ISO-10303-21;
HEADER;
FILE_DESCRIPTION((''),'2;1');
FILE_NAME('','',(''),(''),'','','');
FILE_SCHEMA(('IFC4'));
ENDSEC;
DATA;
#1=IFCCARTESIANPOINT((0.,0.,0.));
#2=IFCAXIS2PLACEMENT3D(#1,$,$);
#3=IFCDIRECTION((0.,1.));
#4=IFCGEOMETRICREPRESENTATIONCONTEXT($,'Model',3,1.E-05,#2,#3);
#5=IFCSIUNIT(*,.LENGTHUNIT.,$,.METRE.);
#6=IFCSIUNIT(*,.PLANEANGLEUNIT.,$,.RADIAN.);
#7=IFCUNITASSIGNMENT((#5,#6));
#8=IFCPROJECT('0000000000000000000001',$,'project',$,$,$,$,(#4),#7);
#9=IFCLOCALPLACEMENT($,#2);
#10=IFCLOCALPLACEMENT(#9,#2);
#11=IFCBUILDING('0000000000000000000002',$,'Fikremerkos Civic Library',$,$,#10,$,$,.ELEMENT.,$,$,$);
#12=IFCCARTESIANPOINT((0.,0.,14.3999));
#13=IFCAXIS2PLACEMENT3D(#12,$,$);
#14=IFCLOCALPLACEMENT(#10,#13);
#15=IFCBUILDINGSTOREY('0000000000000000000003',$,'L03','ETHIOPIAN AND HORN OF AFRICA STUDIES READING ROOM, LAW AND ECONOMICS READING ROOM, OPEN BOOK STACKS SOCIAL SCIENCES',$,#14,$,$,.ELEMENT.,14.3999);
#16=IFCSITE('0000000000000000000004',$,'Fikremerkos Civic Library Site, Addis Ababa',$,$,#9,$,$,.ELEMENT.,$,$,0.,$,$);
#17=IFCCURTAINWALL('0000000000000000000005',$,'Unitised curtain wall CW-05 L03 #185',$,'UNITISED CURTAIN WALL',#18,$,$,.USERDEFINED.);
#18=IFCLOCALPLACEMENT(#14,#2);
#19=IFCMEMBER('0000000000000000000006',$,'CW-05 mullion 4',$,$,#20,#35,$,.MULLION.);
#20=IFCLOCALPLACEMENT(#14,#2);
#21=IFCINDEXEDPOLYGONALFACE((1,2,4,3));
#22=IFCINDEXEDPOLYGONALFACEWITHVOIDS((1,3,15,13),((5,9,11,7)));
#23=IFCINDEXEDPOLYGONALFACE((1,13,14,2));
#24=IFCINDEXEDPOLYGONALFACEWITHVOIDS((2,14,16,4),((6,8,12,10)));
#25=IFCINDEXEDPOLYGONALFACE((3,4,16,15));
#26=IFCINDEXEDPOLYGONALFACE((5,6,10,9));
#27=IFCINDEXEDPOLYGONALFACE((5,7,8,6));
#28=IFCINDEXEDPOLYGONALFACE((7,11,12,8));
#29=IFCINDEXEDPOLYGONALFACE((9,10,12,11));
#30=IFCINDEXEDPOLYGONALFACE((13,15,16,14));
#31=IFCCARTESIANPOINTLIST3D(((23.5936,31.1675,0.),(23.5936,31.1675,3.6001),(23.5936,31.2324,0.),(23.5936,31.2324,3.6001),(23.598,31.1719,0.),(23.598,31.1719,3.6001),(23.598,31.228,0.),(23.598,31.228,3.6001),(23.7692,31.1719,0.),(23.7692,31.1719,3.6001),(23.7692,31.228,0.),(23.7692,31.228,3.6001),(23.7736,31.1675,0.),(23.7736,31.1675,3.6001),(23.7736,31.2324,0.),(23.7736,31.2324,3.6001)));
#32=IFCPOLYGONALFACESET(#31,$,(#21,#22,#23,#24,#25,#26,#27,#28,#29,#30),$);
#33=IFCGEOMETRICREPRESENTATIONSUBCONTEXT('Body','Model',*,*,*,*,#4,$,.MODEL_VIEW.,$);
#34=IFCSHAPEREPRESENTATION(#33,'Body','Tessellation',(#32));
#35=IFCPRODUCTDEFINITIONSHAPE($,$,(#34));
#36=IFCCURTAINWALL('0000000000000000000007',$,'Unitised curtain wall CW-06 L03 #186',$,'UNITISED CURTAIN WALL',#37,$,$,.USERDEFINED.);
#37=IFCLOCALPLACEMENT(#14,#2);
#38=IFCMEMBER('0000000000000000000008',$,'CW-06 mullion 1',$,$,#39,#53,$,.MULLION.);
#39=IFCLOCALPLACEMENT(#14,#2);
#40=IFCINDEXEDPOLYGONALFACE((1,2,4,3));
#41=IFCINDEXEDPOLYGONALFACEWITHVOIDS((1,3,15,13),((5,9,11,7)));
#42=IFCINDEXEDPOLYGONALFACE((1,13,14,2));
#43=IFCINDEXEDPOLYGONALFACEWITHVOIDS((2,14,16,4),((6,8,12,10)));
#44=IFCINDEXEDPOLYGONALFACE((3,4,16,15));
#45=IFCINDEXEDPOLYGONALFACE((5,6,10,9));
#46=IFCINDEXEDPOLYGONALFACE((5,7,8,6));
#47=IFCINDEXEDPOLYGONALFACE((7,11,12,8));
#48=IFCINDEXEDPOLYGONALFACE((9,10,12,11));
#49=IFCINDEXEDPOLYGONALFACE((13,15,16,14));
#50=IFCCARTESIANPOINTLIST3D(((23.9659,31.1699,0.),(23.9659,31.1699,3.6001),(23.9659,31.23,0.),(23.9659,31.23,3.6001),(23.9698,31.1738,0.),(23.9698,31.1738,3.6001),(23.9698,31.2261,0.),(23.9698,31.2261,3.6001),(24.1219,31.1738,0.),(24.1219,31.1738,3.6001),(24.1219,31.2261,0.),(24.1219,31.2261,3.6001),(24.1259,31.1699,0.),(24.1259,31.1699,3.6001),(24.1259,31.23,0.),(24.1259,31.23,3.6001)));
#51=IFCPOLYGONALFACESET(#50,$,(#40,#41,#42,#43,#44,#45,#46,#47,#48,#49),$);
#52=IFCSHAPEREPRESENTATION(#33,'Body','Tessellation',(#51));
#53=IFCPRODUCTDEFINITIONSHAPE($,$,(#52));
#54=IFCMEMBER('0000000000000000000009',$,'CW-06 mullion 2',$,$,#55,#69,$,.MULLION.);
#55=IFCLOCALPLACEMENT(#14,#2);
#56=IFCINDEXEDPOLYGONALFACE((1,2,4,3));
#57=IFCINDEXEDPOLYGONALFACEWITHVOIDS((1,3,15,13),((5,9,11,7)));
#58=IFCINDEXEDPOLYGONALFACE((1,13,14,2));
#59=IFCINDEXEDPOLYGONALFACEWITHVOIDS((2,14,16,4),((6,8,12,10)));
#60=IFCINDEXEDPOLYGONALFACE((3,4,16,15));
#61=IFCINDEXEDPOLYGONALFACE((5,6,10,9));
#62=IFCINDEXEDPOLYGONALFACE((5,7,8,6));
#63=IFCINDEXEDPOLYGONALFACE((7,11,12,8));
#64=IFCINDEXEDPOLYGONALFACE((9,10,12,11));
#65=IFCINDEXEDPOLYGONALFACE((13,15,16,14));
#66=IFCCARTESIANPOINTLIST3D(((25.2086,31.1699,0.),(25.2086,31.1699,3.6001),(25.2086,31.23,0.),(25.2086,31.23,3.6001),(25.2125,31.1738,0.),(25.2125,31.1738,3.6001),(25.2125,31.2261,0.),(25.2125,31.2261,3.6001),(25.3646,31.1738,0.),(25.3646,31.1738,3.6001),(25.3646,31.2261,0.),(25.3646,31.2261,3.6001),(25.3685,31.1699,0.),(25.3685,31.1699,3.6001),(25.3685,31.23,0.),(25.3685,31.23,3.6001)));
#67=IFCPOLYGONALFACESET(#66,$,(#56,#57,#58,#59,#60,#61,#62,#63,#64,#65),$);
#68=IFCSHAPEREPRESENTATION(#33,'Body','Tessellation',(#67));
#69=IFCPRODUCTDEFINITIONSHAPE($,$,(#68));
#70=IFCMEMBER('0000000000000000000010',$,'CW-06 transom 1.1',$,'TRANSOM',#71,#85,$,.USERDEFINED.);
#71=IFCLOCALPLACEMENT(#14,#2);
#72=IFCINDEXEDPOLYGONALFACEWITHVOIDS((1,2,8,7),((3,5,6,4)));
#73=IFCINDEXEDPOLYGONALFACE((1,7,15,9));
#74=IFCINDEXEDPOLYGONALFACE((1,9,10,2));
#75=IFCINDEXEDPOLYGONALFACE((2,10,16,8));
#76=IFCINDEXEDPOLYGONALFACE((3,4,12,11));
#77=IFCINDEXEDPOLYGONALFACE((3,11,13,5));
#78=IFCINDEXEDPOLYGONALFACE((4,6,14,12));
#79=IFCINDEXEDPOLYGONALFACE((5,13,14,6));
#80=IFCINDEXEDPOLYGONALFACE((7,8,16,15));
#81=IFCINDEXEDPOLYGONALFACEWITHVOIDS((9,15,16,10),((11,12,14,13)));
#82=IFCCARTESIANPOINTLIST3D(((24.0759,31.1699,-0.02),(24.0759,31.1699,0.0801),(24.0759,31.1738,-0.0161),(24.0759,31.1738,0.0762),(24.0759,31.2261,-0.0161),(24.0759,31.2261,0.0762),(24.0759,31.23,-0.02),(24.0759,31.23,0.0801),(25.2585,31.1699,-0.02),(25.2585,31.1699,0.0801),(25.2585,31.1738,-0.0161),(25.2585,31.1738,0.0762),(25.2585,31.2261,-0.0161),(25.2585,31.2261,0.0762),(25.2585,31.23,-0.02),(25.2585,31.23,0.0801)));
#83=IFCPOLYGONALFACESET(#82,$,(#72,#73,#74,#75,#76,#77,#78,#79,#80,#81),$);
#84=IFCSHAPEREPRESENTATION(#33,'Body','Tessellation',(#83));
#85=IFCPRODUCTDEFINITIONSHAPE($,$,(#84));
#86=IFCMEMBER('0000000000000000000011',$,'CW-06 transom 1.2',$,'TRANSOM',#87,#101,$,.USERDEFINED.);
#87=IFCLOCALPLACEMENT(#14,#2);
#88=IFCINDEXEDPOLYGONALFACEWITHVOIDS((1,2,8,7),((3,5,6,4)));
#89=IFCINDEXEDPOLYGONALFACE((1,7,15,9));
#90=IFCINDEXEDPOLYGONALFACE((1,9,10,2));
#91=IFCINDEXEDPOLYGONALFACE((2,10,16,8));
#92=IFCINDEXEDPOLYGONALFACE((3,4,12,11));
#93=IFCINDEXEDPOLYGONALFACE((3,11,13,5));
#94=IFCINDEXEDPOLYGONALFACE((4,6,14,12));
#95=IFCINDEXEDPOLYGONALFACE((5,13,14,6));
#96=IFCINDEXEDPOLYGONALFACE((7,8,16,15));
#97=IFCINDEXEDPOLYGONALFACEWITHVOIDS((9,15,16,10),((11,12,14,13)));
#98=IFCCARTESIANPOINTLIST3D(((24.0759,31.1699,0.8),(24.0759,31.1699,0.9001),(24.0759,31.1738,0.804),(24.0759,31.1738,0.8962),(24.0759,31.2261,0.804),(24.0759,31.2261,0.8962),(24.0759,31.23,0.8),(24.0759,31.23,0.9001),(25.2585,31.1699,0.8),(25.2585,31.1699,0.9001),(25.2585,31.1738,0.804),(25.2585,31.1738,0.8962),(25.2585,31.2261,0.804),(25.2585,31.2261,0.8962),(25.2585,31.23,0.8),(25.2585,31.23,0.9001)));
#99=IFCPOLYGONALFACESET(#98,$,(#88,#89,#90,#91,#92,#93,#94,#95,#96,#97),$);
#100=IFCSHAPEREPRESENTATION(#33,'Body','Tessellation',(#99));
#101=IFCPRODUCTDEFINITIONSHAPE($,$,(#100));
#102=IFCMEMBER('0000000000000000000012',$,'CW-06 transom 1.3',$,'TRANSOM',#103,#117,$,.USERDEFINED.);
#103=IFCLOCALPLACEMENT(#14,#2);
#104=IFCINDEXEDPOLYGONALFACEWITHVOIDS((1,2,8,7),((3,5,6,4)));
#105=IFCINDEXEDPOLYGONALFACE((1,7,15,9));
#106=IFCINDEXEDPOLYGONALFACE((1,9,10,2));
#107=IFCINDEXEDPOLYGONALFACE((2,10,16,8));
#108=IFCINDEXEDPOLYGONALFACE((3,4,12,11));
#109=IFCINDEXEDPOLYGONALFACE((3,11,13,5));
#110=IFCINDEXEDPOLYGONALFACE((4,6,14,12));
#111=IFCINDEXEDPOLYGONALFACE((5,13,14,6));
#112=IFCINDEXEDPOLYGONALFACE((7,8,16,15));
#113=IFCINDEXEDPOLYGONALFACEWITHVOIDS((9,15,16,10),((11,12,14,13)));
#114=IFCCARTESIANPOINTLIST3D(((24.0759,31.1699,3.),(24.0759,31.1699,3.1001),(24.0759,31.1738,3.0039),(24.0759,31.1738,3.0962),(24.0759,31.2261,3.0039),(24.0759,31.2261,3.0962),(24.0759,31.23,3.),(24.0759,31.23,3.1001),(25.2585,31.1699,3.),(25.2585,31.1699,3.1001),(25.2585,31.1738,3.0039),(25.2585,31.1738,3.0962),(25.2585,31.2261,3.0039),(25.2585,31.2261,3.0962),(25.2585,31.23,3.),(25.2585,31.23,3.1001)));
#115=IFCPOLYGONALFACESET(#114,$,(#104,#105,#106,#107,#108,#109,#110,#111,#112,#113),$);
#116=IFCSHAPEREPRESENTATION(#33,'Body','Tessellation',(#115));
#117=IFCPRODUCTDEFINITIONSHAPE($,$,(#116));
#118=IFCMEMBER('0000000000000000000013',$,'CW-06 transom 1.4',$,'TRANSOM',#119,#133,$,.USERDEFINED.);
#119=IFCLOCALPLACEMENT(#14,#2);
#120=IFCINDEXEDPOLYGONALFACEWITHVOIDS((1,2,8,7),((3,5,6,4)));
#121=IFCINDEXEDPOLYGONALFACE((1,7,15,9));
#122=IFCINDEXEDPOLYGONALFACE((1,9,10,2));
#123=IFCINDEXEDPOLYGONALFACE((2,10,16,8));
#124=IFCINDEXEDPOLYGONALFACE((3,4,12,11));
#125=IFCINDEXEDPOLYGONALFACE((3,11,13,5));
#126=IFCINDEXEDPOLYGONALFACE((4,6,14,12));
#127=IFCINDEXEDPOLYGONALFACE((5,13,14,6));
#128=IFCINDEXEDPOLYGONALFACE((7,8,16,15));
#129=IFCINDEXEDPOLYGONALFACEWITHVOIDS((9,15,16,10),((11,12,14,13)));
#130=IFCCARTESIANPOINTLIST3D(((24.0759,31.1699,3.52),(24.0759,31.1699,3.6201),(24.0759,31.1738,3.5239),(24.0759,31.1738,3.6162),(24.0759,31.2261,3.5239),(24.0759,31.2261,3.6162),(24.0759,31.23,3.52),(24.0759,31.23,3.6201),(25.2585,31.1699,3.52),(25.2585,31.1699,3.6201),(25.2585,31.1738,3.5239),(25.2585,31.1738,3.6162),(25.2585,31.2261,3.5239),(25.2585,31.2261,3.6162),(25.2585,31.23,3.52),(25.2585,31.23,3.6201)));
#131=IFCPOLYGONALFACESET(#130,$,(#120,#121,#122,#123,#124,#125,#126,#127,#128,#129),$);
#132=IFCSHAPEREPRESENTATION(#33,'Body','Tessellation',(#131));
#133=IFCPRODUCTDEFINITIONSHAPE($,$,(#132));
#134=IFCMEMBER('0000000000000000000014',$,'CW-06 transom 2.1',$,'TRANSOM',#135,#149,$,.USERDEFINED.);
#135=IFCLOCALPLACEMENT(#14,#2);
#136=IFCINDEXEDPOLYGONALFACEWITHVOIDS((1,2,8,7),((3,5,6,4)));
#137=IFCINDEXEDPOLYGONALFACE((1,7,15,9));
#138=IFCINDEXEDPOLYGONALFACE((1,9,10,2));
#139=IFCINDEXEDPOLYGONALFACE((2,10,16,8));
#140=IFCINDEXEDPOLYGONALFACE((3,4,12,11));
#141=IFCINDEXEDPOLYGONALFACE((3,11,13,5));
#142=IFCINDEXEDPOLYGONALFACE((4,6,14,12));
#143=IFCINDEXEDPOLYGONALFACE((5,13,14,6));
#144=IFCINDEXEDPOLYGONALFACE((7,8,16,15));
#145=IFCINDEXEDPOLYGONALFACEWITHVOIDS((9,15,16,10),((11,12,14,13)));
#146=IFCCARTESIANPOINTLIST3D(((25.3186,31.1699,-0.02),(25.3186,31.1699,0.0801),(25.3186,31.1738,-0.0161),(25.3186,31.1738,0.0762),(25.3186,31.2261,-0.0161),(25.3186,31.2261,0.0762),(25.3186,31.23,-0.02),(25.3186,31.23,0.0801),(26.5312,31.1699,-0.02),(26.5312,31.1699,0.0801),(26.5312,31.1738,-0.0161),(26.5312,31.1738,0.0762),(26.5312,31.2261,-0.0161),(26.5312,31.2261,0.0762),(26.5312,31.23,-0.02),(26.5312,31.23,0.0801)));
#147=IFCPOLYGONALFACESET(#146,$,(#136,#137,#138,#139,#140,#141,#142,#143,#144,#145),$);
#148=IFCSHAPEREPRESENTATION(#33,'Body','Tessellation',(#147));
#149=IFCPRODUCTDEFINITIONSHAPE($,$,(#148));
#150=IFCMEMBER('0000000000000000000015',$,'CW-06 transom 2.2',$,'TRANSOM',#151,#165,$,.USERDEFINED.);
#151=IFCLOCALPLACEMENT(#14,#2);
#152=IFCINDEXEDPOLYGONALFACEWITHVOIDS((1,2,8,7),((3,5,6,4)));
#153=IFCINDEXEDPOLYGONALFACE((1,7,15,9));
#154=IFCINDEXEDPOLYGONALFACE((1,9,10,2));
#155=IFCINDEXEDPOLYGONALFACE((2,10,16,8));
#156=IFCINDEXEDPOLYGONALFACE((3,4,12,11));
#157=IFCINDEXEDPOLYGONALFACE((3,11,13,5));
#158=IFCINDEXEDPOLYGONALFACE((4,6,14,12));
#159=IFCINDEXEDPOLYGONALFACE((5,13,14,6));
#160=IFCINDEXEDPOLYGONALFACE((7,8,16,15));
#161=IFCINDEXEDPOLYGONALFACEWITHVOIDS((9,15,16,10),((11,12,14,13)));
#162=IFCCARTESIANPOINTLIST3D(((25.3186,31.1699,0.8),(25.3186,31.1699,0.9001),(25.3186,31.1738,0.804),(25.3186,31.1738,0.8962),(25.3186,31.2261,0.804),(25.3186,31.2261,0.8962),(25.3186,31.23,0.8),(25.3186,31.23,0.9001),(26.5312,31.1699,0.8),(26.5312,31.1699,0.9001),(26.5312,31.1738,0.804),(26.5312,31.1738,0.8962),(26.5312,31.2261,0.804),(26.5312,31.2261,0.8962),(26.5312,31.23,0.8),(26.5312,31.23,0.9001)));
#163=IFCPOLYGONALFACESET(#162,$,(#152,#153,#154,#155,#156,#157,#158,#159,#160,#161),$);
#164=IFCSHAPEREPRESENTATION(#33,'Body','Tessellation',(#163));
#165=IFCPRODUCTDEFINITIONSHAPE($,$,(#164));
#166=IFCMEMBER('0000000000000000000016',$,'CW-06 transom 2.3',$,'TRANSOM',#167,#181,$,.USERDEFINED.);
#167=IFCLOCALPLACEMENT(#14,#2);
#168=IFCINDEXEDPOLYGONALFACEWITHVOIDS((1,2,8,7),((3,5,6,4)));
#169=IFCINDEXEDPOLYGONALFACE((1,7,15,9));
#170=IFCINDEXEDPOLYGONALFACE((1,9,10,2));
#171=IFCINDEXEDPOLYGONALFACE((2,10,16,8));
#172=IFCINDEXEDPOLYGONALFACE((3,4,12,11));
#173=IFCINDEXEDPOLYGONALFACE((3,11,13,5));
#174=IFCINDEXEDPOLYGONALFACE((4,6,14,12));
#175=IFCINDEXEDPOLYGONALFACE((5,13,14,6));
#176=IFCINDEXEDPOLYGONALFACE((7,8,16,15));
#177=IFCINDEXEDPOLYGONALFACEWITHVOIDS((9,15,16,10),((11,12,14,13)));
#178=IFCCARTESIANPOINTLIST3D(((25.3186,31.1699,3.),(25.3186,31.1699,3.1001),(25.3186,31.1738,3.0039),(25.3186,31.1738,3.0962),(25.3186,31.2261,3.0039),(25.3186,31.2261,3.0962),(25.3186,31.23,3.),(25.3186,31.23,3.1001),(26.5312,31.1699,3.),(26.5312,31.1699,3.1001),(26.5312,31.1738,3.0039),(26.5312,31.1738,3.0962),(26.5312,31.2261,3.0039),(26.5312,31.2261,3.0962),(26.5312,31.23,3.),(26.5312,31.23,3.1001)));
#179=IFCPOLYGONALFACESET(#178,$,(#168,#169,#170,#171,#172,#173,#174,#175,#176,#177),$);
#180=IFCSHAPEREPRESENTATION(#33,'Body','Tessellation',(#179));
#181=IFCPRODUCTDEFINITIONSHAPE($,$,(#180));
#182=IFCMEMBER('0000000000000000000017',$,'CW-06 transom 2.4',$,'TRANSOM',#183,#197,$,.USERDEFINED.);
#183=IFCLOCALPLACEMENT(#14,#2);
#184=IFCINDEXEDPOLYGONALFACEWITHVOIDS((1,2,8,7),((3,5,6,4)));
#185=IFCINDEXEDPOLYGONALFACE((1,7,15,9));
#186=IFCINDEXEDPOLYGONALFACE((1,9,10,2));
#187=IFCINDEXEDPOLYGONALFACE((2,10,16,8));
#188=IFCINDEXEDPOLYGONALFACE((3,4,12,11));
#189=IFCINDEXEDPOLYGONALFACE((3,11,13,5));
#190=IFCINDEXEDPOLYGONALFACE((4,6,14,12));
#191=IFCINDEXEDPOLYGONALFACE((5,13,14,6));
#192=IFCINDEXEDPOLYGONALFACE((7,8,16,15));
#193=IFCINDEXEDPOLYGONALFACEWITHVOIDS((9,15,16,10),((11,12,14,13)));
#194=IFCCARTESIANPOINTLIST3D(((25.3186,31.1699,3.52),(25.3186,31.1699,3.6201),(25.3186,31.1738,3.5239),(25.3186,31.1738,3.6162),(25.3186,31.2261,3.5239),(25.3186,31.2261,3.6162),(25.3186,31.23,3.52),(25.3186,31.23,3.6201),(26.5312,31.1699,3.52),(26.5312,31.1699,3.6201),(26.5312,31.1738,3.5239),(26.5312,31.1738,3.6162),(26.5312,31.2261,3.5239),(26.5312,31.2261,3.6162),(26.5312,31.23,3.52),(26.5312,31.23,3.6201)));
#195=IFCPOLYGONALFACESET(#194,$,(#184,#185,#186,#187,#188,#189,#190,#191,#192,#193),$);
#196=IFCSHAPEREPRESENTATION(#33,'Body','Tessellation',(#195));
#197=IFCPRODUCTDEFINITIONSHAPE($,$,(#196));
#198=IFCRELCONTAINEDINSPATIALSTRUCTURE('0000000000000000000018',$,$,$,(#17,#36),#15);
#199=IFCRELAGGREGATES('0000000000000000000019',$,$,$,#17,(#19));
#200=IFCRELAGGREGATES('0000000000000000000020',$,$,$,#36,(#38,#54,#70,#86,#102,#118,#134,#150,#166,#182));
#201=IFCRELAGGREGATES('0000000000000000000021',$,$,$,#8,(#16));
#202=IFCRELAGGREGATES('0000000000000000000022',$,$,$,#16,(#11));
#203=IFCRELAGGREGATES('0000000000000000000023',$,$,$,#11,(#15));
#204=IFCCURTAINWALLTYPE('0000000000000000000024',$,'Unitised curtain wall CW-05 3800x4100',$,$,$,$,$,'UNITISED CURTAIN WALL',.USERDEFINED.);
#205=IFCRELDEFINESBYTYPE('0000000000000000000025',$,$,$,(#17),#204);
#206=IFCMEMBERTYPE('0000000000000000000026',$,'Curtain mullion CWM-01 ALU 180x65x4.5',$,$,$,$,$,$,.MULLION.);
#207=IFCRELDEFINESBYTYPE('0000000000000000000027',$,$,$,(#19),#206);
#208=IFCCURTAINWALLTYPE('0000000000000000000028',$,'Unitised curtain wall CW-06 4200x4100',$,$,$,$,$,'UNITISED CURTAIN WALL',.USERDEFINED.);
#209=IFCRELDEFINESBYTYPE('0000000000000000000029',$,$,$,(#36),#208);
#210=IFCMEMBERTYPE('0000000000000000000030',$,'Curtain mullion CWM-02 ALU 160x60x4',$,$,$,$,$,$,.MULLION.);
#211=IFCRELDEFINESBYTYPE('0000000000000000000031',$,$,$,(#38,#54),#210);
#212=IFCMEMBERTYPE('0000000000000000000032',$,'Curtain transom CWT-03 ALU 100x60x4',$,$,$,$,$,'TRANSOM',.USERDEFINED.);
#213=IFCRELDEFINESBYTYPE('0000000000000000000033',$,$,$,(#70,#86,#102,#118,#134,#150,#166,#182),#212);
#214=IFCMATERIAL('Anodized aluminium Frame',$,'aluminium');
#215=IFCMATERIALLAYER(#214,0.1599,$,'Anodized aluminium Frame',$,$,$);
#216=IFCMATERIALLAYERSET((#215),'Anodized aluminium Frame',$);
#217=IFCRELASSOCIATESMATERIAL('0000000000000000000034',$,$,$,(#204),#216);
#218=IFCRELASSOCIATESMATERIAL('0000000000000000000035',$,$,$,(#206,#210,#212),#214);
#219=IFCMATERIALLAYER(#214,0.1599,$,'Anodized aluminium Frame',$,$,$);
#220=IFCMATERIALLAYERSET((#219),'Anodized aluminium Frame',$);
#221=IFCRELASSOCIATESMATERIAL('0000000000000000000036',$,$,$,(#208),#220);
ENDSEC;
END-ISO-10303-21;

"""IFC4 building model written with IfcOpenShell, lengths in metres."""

from ifc_helpers import new_model, si_unit, direction, frame, origin, origin_2d, place, context, subcontext, project, spatial, hollow_rectangle, extrude, material, layer, layer_set, material_profile, profile_set, type_object, element, aggregate, save


model = new_model("IFC4")

# Units and contexts
model_context = context("Model", 3, precision=1e-05, world=origin(), true_north=direction((0.0, 1.0)))
body_context = subcontext(model_context, "Body", "Model", "MODEL_VIEW")
ifc_project = project(units=[si_unit("LENGTHUNIT", "METRE"), si_unit("PLANEANGLEUNIT", "RADIAN")], contexts=[model_context])

# Site, building, storey
site_placement = place(None, origin())
site = spatial("IfcSite", under=ifc_project, at=site_placement, Name="Fikremerkos Civic Library Site, Addis Ababa", CompositionType="ELEMENT", RefElevation=0.0)
building_placement = place(site_placement, origin())
building = spatial("IfcBuilding", under=site, at=building_placement, Name="Fikremerkos Civic Library", CompositionType="ELEMENT")
storey_placement = place(building_placement, frame((0.0, 0.0, 14.3999)))
storey = spatial("IfcBuildingStorey", under=building, at=storey_placement, Name="L03", Description="ETHIOPIAN AND HORN OF AFRICA STUDIES READING ROOM, LAW AND ECONOMICS READING ROOM, OPEN BOOK STACKS SOCIAL SCIENCES", CompositionType="ELEMENT", Elevation=14.3999)

# Curtain wall, member
ifc_material_1 = material(Name="Anodized aluminium Frame", Category="aluminium")
ifc_layer_1 = layer(ifc_material_1, 0.1599, Name="Anodized aluminium Frame")
ifc_layer_set_1 = layer_set([ifc_layer_1], Name="Anodized aluminium Frame")
curtain_wall_type_1 = type_object("IfcCurtainWallType", Name="Unitised curtain wall CW-05 3800x4100", ElementType="UNITISED CURTAIN WALL", PredefinedType="USERDEFINED", material=ifc_layer_set_1)
curtain_wall_1_placement = place(storey_placement, origin())
curtain_wall_1 = element("IfcCurtainWall", 1, at=curtain_wall_1_placement, inside=storey, type_object=curtain_wall_type_1, Name="Unitised curtain wall CW-05 L03 #185", ObjectType="UNITISED CURTAIN WALL", PredefinedType="USERDEFINED")
ifc_material_profile_1 = material_profile(ifc_material_1, hollow_rectangle(XDim=0.0649, YDim=0.1799, WallThickness=0.0044, at=origin_2d()), Name="ALU 180x65x4.5")
ifc_profile_set_1 = profile_set([ifc_material_profile_1], Name="Anodized aluminium Frame")
member_type_1 = type_object("IfcMemberType", Name="Curtain mullion CWM-01 ALU 180x65x4.5", PredefinedType="MULLION", material=ifc_profile_set_1)
member_1_placement = place(storey_placement, frame((23.6836, 31.2, 0.0), z_axis=(0.0, 0.0, 1.0), x_axis=(0.0, 1.0, 0.0)))
member_1 = element("IfcMember", 2, at=member_1_placement, type_object=member_type_1, Name="CW-05 mullion 4", PredefinedType="MULLION", context=body_context, shape_type="SweptSolid", body=[
    extrude(hollow_rectangle(XDim=0.0649, YDim=0.1799, WallThickness=0.0044, at=origin_2d()), origin(), (0.0, 0.0, 1.0), 3.6001),
])

# Curtain wall, members
ifc_layer_2 = layer(ifc_material_1, 0.1599, Name="Anodized aluminium Frame")
ifc_layer_set_2 = layer_set([ifc_layer_2], Name="Anodized aluminium Frame")
curtain_wall_type_2 = type_object("IfcCurtainWallType", Name="Unitised curtain wall CW-06 4200x4100", ElementType="UNITISED CURTAIN WALL", PredefinedType="USERDEFINED", material=ifc_layer_set_2)
curtain_wall_2_placement = place(storey_placement, origin())
curtain_wall_2 = element("IfcCurtainWall", 3, at=curtain_wall_2_placement, inside=storey, type_object=curtain_wall_type_2, Name="Unitised curtain wall CW-06 L03 #186", ObjectType="UNITISED CURTAIN WALL", PredefinedType="USERDEFINED")
ifc_material_profile_2 = material_profile(ifc_material_1, hollow_rectangle(XDim=0.0601, YDim=0.1599, WallThickness=0.0039, at=origin_2d()), Name="ALU 160x60x4")
ifc_profile_set_2 = profile_set([ifc_material_profile_2], Name="Anodized aluminium Frame")
member_type_2 = type_object("IfcMemberType", Name="Curtain mullion CWM-02 ALU 160x60x4", PredefinedType="MULLION", material=ifc_profile_set_2)
member_2_placement = place(storey_placement, frame((24.0459, 31.2, 0.0), z_axis=(0.0, 0.0, 1.0), x_axis=(0.0, 1.0, 0.0)))
member_2 = element("IfcMember", 4, at=member_2_placement, type_object=member_type_2, Name="CW-06 mullion 1", PredefinedType="MULLION", context=body_context, shape_type="SweptSolid", body=[
    extrude(hollow_rectangle(XDim=0.0601, YDim=0.1599, WallThickness=0.0039, at=origin_2d()), origin(), (0.0, 0.0, 1.0), 3.6001),
])
member_3_placement = place(storey_placement, frame((25.2886, 31.2, 0.0), z_axis=(0.0, 0.0, 1.0), x_axis=(0.0, 1.0, 0.0)))
member_3 = element("IfcMember", 5, at=member_3_placement, type_object=member_type_2, Name="CW-06 mullion 2", PredefinedType="MULLION", context=body_context, shape_type="SweptSolid", body=[
    extrude(hollow_rectangle(XDim=0.0601, YDim=0.1599, WallThickness=0.0039, at=origin_2d()), origin(), (0.0, 0.0, 1.0), 3.6001),
])
ifc_material_profile_3 = material_profile(ifc_material_1, hollow_rectangle(XDim=0.0601, YDim=0.1001, WallThickness=0.0039, at=origin_2d()), Name="ALU 100x60x4")
ifc_profile_set_3 = profile_set([ifc_material_profile_3], Name="Anodized aluminium Frame")
member_type_3 = type_object("IfcMemberType", Name="Curtain transom CWT-03 ALU 100x60x4", ElementType="TRANSOM", PredefinedType="USERDEFINED", material=ifc_profile_set_3)
member_4_placement = place(storey_placement, frame((24.0759, 31.2, 0.03), z_axis=(1.0, 0.0, 0.0), x_axis=(0.0, 1.0, 0.0)))
member_4 = element("IfcMember", 6, at=member_4_placement, type_object=member_type_3, Name="CW-06 transom 1.1", ObjectType="TRANSOM", PredefinedType="USERDEFINED", context=body_context, shape_type="SweptSolid", body=[
    extrude(hollow_rectangle(XDim=0.0601, YDim=0.1001, WallThickness=0.0039, at=origin_2d()), origin(), (0.0, 0.0, 1.0), 1.1826),
])
member_5_placement = place(storey_placement, frame((24.0759, 31.2, 0.8501), z_axis=(1.0, 0.0, 0.0), x_axis=(0.0, 1.0, 0.0)))
member_5 = element("IfcMember", 7, at=member_5_placement, type_object=member_type_3, Name="CW-06 transom 1.2", ObjectType="TRANSOM", PredefinedType="USERDEFINED", context=body_context, shape_type="SweptSolid", body=[
    extrude(hollow_rectangle(XDim=0.0601, YDim=0.1001, WallThickness=0.0039, at=origin_2d()), origin(), (0.0, 0.0, 1.0), 1.1826),
])
member_6_placement = place(storey_placement, frame((24.0759, 31.2, 3.05), z_axis=(1.0, 0.0, 0.0), x_axis=(0.0, 1.0, 0.0)))
member_6 = element("IfcMember", 8, at=member_6_placement, type_object=member_type_3, Name="CW-06 transom 1.3", ObjectType="TRANSOM", PredefinedType="USERDEFINED", context=body_context, shape_type="SweptSolid", body=[
    extrude(hollow_rectangle(XDim=0.0601, YDim=0.1001, WallThickness=0.0039, at=origin_2d()), origin(), (0.0, 0.0, 1.0), 1.1826),
])
member_7_placement = place(storey_placement, frame((24.0759, 31.2, 3.5701), z_axis=(1.0, 0.0, 0.0), x_axis=(0.0, 1.0, 0.0)))
member_7 = element("IfcMember", 9, at=member_7_placement, type_object=member_type_3, Name="CW-06 transom 1.4", ObjectType="TRANSOM", PredefinedType="USERDEFINED", context=body_context, shape_type="SweptSolid", body=[
    extrude(hollow_rectangle(XDim=0.0601, YDim=0.1001, WallThickness=0.0039, at=origin_2d()), origin(), (0.0, 0.0, 1.0), 1.1826),
])
member_8_placement = place(storey_placement, frame((25.3186, 31.2, 0.03), z_axis=(1.0, 0.0, 0.0), x_axis=(0.0, 1.0, 0.0)))
member_8 = element("IfcMember", 10, at=member_8_placement, type_object=member_type_3, Name="CW-06 transom 2.1", ObjectType="TRANSOM", PredefinedType="USERDEFINED", context=body_context, shape_type="SweptSolid", body=[
    extrude(hollow_rectangle(XDim=0.0601, YDim=0.1001, WallThickness=0.0039, at=origin_2d()), origin(), (0.0, 0.0, 1.0), 1.2126),
])
member_9_placement = place(storey_placement, frame((25.3186, 31.2, 0.8501), z_axis=(1.0, 0.0, 0.0), x_axis=(0.0, 1.0, 0.0)))
member_9 = element("IfcMember", 11, at=member_9_placement, type_object=member_type_3, Name="CW-06 transom 2.2", ObjectType="TRANSOM", PredefinedType="USERDEFINED", context=body_context, shape_type="SweptSolid", body=[
    extrude(hollow_rectangle(XDim=0.0601, YDim=0.1001, WallThickness=0.0039, at=origin_2d()), origin(), (0.0, 0.0, 1.0), 1.2126),
])
member_10_placement = place(storey_placement, frame((25.3186, 31.2, 3.05), z_axis=(1.0, 0.0, 0.0), x_axis=(0.0, 1.0, 0.0)))
member_10 = element("IfcMember", 12, at=member_10_placement, type_object=member_type_3, Name="CW-06 transom 2.3", ObjectType="TRANSOM", PredefinedType="USERDEFINED", context=body_context, shape_type="SweptSolid", body=[
    extrude(hollow_rectangle(XDim=0.0601, YDim=0.1001, WallThickness=0.0039, at=origin_2d()), origin(), (0.0, 0.0, 1.0), 1.2126),
])
member_11_placement = place(storey_placement, frame((25.3186, 31.2, 3.5701), z_axis=(1.0, 0.0, 0.0), x_axis=(0.0, 1.0, 0.0)))
member_11 = element("IfcMember", 13, at=member_11_placement, type_object=member_type_3, Name="CW-06 transom 2.4", ObjectType="TRANSOM", PredefinedType="USERDEFINED", context=body_context, shape_type="SweptSolid", body=[
    extrude(hollow_rectangle(XDim=0.0601, YDim=0.1001, WallThickness=0.0039, at=origin_2d()), origin(), (0.0, 0.0, 1.0), 1.2126),
])

aggregate(curtain_wall_1, [member_1])
aggregate(curtain_wall_2, [member_2, member_3, member_4, member_5, member_6, member_7, member_8, member_9, member_10, member_11])

save(model, "model.ifc")
